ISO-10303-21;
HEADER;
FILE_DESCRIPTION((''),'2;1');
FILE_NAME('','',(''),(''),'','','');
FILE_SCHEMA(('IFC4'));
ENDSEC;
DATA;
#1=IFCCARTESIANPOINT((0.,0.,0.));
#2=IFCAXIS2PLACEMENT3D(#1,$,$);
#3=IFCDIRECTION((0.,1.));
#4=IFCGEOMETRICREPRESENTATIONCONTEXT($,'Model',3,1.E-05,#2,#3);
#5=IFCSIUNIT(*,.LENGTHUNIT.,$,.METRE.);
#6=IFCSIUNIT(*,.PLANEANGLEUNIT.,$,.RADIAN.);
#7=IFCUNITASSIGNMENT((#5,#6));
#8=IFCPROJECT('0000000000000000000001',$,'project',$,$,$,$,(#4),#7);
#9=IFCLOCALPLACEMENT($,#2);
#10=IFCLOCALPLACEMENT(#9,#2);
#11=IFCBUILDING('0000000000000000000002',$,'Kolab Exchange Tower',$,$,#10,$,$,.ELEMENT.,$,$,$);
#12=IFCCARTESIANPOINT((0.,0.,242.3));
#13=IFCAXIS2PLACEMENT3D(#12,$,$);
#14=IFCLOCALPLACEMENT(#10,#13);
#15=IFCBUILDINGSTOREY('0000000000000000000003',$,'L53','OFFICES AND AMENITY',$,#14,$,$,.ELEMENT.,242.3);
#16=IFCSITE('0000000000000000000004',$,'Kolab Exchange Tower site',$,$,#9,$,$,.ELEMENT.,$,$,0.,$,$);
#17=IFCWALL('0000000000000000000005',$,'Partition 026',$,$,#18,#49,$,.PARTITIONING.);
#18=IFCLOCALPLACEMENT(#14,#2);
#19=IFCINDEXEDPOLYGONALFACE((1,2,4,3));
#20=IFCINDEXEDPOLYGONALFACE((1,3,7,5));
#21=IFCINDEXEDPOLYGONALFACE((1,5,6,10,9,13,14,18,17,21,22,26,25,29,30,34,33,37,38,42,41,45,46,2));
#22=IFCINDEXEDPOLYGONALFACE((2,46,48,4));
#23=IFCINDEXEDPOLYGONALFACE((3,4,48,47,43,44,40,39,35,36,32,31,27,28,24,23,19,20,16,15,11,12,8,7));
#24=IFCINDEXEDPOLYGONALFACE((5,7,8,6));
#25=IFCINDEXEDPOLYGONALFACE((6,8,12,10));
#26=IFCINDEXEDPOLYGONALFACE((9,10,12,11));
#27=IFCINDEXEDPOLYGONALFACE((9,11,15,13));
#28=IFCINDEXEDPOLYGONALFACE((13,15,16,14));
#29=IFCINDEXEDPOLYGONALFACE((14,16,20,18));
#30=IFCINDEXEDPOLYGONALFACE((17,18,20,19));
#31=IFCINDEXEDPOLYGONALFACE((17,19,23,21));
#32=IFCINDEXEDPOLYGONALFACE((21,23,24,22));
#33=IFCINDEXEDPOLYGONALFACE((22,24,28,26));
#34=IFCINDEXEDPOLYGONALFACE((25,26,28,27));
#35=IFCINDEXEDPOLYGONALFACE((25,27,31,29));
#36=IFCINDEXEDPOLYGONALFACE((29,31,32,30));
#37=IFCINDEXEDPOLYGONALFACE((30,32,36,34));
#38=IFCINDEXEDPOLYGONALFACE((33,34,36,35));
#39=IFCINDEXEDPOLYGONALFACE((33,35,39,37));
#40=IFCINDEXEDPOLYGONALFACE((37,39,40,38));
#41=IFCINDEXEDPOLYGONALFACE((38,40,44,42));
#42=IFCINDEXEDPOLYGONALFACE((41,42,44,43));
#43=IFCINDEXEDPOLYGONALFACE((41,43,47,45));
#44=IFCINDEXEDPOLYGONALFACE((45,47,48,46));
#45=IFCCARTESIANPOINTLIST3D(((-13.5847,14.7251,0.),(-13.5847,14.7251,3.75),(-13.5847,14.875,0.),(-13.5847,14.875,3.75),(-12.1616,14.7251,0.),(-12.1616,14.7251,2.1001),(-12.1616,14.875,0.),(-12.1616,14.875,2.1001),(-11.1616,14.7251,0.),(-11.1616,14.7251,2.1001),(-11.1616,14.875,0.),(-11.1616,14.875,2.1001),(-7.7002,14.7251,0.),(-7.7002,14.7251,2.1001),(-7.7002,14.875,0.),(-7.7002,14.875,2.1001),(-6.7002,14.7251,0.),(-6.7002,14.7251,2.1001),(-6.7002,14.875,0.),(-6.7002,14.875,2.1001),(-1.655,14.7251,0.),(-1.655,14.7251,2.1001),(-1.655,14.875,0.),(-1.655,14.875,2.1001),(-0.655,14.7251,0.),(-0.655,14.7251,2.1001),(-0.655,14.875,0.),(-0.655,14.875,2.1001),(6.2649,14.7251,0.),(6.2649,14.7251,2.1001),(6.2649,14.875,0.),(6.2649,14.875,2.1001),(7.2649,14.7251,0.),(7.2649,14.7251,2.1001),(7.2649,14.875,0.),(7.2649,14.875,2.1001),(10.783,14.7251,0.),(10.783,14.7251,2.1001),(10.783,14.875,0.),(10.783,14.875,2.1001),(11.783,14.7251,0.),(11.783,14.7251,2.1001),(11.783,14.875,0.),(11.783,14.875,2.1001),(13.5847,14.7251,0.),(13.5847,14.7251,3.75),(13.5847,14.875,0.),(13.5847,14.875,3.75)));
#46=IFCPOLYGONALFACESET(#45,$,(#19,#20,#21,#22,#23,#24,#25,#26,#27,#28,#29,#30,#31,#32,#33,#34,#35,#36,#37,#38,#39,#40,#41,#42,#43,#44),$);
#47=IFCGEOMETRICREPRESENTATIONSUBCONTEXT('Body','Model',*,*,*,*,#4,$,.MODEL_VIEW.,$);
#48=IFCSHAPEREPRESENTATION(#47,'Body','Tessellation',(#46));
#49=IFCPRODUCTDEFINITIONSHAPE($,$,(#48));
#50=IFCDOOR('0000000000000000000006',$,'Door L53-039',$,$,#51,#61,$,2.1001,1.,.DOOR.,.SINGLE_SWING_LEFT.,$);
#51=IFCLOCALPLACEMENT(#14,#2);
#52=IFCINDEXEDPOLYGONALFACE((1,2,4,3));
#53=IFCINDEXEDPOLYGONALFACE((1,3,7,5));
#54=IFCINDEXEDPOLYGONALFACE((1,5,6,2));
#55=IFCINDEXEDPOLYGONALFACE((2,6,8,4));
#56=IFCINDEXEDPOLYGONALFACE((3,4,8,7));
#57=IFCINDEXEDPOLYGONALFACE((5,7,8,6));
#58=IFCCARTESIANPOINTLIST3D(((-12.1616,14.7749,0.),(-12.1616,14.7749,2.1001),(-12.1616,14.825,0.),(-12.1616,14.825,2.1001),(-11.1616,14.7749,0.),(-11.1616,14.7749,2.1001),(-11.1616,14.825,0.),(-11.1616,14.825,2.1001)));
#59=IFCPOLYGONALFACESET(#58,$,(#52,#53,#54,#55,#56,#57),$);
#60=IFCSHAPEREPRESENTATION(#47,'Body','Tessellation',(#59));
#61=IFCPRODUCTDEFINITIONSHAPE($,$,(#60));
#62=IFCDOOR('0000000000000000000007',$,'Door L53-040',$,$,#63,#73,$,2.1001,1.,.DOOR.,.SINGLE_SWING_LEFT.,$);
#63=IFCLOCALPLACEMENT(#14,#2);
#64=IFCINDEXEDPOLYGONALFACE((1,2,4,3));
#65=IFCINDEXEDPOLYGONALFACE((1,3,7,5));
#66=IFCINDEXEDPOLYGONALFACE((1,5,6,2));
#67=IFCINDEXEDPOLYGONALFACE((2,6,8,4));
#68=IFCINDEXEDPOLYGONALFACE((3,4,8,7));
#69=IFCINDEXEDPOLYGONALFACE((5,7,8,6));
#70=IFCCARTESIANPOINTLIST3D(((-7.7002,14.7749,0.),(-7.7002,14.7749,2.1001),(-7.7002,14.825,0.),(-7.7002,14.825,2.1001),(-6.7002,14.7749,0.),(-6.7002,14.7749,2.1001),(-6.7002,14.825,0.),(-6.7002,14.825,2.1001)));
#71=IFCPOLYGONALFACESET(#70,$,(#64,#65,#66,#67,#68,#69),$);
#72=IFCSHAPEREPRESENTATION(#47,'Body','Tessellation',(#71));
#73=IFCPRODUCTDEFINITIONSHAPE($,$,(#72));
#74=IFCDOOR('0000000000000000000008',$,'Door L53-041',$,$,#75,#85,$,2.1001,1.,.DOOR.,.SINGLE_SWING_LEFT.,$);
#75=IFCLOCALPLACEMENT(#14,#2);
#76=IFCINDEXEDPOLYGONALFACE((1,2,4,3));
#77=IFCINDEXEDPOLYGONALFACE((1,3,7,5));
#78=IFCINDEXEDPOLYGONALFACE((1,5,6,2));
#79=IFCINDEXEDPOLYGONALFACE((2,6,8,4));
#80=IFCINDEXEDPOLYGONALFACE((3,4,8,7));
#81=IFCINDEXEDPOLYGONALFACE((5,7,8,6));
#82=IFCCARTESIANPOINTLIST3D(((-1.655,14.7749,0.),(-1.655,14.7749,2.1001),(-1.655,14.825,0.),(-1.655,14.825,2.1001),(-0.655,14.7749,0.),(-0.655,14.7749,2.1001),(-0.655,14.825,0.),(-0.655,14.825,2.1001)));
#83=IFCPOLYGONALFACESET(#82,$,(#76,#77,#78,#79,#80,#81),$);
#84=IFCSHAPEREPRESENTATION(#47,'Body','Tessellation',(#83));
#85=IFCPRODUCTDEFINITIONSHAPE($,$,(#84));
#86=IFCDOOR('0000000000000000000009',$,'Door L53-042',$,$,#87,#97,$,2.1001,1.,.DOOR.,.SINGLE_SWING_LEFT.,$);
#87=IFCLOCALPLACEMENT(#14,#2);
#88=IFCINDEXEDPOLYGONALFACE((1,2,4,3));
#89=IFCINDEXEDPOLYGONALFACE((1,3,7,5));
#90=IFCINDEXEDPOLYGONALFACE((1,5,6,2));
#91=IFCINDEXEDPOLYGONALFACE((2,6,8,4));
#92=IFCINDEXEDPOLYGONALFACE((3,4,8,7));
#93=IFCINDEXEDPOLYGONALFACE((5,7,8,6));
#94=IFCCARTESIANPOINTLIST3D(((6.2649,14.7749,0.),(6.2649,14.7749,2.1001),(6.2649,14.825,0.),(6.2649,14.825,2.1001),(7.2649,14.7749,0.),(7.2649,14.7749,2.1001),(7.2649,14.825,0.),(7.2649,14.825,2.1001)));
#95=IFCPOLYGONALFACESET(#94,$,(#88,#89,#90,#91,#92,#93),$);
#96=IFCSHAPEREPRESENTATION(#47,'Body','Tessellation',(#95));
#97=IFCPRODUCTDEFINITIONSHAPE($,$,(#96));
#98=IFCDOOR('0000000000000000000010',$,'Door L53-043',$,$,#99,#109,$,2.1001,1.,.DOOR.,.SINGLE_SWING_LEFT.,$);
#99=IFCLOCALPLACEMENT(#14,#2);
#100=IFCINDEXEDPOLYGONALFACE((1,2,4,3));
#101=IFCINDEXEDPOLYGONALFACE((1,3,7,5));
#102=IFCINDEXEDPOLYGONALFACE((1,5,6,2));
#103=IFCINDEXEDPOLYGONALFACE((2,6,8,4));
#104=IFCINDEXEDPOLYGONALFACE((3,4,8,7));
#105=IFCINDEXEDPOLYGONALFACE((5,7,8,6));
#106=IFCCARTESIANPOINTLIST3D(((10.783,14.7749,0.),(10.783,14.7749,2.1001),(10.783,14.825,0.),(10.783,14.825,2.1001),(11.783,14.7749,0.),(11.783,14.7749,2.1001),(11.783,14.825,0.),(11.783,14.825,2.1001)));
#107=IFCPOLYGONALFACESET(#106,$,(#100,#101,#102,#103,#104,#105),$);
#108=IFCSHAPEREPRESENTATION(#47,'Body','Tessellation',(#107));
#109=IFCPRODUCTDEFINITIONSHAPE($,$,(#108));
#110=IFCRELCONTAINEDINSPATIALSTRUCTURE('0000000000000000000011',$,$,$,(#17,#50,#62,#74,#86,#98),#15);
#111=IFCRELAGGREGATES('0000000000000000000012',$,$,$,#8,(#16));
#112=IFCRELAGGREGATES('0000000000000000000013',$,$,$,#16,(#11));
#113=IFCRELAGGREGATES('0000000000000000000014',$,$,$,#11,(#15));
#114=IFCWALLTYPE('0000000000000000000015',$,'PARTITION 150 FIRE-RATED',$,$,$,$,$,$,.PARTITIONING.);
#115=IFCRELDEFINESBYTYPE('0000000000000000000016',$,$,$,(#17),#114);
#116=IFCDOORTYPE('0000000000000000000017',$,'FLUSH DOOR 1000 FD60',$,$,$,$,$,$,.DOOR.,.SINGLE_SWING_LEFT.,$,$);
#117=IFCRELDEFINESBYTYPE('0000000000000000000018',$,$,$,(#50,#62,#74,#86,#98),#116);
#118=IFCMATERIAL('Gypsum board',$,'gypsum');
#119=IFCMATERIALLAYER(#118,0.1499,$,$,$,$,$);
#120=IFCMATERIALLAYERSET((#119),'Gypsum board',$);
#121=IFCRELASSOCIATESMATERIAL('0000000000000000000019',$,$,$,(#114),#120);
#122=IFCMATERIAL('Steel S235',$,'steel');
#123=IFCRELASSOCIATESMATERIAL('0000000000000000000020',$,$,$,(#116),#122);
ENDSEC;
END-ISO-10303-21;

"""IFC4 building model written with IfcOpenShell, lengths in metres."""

from ifc_helpers import new_model, si_unit, direction, frame, frame_2d, origin, place, context, subcontext, project, spatial, rectangle, extrude, material, layer, layer_set, type_object, element, fill, save


model = new_model("IFC4")

# Units and contexts
model_context = context("Model", 3, precision=1e-05, world=origin(), true_north=direction((0.0, 1.0)))
body_context = subcontext(model_context, "Body", "Model", "MODEL_VIEW")
ifc_project = project(units=[si_unit("LENGTHUNIT", "METRE"), si_unit("PLANEANGLEUNIT", "RADIAN")], contexts=[model_context])

# Site, building, storey
site_placement = place(None, origin())
site = spatial("IfcSite", under=ifc_project, at=site_placement, Name="Kolab Exchange Tower site", CompositionType="ELEMENT", RefElevation=0.0)
building_placement = place(site_placement, origin())
building = spatial("IfcBuilding", under=site, at=building_placement, Name="Kolab Exchange Tower", CompositionType="ELEMENT")
storey_placement = place(building_placement, frame((0.0, 0.0, 242.3)))
storey = spatial("IfcBuildingStorey", under=building, at=storey_placement, Name="L53", Description="OFFICES AND AMENITY", CompositionType="ELEMENT", Elevation=242.3)

# Shared definitions
ifc_material_1 = material(Name="Gypsum board", Category="gypsum")

# Wall, openings, doors
ifc_layer_1 = layer(ifc_material_1, 0.1499)
ifc_layer_set_1 = layer_set([ifc_layer_1], Name="Gypsum board")
wall_type_1 = type_object("IfcWallType", Name="PARTITION 150 FIRE-RATED", PredefinedType="PARTITIONING", material=ifc_layer_set_1)
ifc_material_2 = material(Name="Steel S235", Category="steel")
door_type_1 = type_object("IfcDoorType", Name="FLUSH DOOR 1000 FD60", OperationType="SINGLE_SWING_LEFT", PredefinedType="DOOR", material=ifc_material_2)
wall_1_placement = place(storey_placement, frame((-13.5847, 14.8, 0.0), z_axis=(0.0, 0.0, 1.0), x_axis=(1.0, 0.0, 0.0)))
wall_1 = element("IfcWall", 1, at=wall_1_placement, inside=storey, type_object=wall_type_1, Name="Partition 026", PredefinedType="PARTITIONING", context=body_context, shape_type="SweptSolid", body=[
    extrude(rectangle(XDim=27.1694, YDim=0.1499, at=frame_2d((13.5847, 0.0))), origin(), (0.0, 0.0, 1.0), 3.75),
])
opening_1_placement = place(wall_1_placement, frame((1.4231, 0.0, 0.0)))
opening_1 = element("IfcOpeningElement", 2, at=opening_1_placement, cuts=wall_1, PredefinedType="OPENING", context=body_context, shape_type="SweptSolid", body=[
    extrude(rectangle(XDim=1.0, YDim=2.1001, at=frame_2d((0.5, 1.05))), frame((0.0, 0.085, 0.0), z_axis=(0.0, -1.0, 0.0), x_axis=(1.0, 0.0, 0.0)), (0.0, 0.0, 1.0), 0.1699),
])
opening_2_placement = place(wall_1_placement, frame((5.8845, 0.0, 0.0)))
opening_2 = element("IfcOpeningElement", 3, at=opening_2_placement, cuts=wall_1, PredefinedType="OPENING", context=body_context, shape_type="SweptSolid", body=[
    extrude(rectangle(XDim=1.0, YDim=2.1001, at=frame_2d((0.5, 1.05))), frame((0.0, 0.085, 0.0), z_axis=(0.0, -1.0, 0.0), x_axis=(1.0, 0.0, 0.0)), (0.0, 0.0, 1.0), 0.1699),
])
opening_3_placement = place(wall_1_placement, frame((11.9297, 0.0, 0.0)))
opening_3 = element("IfcOpeningElement", 4, at=opening_3_placement, cuts=wall_1, PredefinedType="OPENING", context=body_context, shape_type="SweptSolid", body=[
    extrude(rectangle(XDim=1.0, YDim=2.1001, at=frame_2d((0.5, 1.05))), frame((0.0, 0.085, 0.0), z_axis=(0.0, -1.0, 0.0), x_axis=(1.0, 0.0, 0.0)), (0.0, 0.0, 1.0), 0.1699),
])
opening_4_placement = place(wall_1_placement, frame((19.8496, 0.0, 0.0)))
opening_4 = element("IfcOpeningElement", 5, at=opening_4_placement, cuts=wall_1, PredefinedType="OPENING", context=body_context, shape_type="SweptSolid", body=[
    extrude(rectangle(XDim=1.0, YDim=2.1001, at=frame_2d((0.5, 1.05))), frame((0.0, 0.085, 0.0), z_axis=(0.0, -1.0, 0.0), x_axis=(1.0, 0.0, 0.0)), (0.0, 0.0, 1.0), 0.1699),
])
opening_5_placement = place(wall_1_placement, frame((24.3677, 0.0, 0.0)))
opening_5 = element("IfcOpeningElement", 6, at=opening_5_placement, cuts=wall_1, PredefinedType="OPENING", context=body_context, shape_type="SweptSolid", body=[
    extrude(rectangle(XDim=1.0, YDim=2.1001, at=frame_2d((0.5, 1.05))), frame((0.0, 0.085, 0.0), z_axis=(0.0, -1.0, 0.0), x_axis=(1.0, 0.0, 0.0)), (0.0, 0.0, 1.0), 0.1699),
])
door_1_placement = place(opening_1_placement, origin())
door_1 = element("IfcDoor", 7, at=door_1_placement, inside=storey, type_object=door_type_1, Name="Door L53-039", OperationType="SINGLE_SWING_LEFT", OverallHeight=2.1001, OverallWidth=1.0, PredefinedType="DOOR", context=body_context, shape_type="SweptSolid", body=[
    extrude(rectangle(XDim=1.0, YDim=2.1001, at=frame_2d((0.5, 1.05))), frame((0.0, 0.0249, 0.0), z_axis=(0.0, -1.0, 0.0), x_axis=(1.0, 0.0, 0.0)), (0.0, 0.0, 1.0), 0.05),
])
fill(opening_1, door_1)
door_2_placement = place(opening_2_placement, origin())
door_2 = element("IfcDoor", 8, at=door_2_placement, inside=storey, type_object=door_type_1, Name="Door L53-040", OperationType="SINGLE_SWING_LEFT", OverallHeight=2.1001, OverallWidth=1.0, PredefinedType="DOOR", context=body_context, shape_type="SweptSolid", body=[
    extrude(rectangle(XDim=1.0, YDim=2.1001, at=frame_2d((0.5, 1.05))), frame((0.0, 0.0249, 0.0), z_axis=(0.0, -1.0, 0.0), x_axis=(1.0, 0.0, 0.0)), (0.0, 0.0, 1.0), 0.05),
])
fill(opening_2, door_2)
door_3_placement = place(opening_3_placement, origin())
door_3 = element("IfcDoor", 9, at=door_3_placement, inside=storey, type_object=door_type_1, Name="Door L53-041", OperationType="SINGLE_SWING_LEFT", OverallHeight=2.1001, OverallWidth=1.0, PredefinedType="DOOR", context=body_context, shape_type="SweptSolid", body=[
    extrude(rectangle(XDim=1.0, YDim=2.1001, at=frame_2d((0.5, 1.05))), frame((0.0, 0.0249, 0.0), z_axis=(0.0, -1.0, 0.0), x_axis=(1.0, 0.0, 0.0)), (0.0, 0.0, 1.0), 0.05),
])
fill(opening_3, door_3)
door_4_placement = place(opening_4_placement, origin())
door_4 = element("IfcDoor", 10, at=door_4_placement, inside=storey, type_object=door_type_1, Name="Door L53-042", OperationType="SINGLE_SWING_LEFT", OverallHeight=2.1001, OverallWidth=1.0, PredefinedType="DOOR", context=body_context, shape_type="SweptSolid", body=[
    extrude(rectangle(XDim=1.0, YDim=2.1001, at=frame_2d((0.5, 1.05))), frame((0.0, 0.0249, 0.0), z_axis=(0.0, -1.0, 0.0), x_axis=(1.0, 0.0, 0.0)), (0.0, 0.0, 1.0), 0.05),
])
fill(opening_4, door_4)
door_5_placement = place(opening_5_placement, origin())
door_5 = element("IfcDoor", 11, at=door_5_placement, inside=storey, type_object=door_type_1, Name="Door L53-043", OperationType="SINGLE_SWING_LEFT", OverallHeight=2.1001, OverallWidth=1.0, PredefinedType="DOOR", context=body_context, shape_type="SweptSolid", body=[
    extrude(rectangle(XDim=1.0, YDim=2.1001, at=frame_2d((0.5, 1.05))), frame((0.0, 0.0249, 0.0), z_axis=(0.0, -1.0, 0.0), x_axis=(1.0, 0.0, 0.0)), (0.0, 0.0, 1.0), 0.05),
])
fill(opening_5, door_5)

save(model, "model.ifc")
